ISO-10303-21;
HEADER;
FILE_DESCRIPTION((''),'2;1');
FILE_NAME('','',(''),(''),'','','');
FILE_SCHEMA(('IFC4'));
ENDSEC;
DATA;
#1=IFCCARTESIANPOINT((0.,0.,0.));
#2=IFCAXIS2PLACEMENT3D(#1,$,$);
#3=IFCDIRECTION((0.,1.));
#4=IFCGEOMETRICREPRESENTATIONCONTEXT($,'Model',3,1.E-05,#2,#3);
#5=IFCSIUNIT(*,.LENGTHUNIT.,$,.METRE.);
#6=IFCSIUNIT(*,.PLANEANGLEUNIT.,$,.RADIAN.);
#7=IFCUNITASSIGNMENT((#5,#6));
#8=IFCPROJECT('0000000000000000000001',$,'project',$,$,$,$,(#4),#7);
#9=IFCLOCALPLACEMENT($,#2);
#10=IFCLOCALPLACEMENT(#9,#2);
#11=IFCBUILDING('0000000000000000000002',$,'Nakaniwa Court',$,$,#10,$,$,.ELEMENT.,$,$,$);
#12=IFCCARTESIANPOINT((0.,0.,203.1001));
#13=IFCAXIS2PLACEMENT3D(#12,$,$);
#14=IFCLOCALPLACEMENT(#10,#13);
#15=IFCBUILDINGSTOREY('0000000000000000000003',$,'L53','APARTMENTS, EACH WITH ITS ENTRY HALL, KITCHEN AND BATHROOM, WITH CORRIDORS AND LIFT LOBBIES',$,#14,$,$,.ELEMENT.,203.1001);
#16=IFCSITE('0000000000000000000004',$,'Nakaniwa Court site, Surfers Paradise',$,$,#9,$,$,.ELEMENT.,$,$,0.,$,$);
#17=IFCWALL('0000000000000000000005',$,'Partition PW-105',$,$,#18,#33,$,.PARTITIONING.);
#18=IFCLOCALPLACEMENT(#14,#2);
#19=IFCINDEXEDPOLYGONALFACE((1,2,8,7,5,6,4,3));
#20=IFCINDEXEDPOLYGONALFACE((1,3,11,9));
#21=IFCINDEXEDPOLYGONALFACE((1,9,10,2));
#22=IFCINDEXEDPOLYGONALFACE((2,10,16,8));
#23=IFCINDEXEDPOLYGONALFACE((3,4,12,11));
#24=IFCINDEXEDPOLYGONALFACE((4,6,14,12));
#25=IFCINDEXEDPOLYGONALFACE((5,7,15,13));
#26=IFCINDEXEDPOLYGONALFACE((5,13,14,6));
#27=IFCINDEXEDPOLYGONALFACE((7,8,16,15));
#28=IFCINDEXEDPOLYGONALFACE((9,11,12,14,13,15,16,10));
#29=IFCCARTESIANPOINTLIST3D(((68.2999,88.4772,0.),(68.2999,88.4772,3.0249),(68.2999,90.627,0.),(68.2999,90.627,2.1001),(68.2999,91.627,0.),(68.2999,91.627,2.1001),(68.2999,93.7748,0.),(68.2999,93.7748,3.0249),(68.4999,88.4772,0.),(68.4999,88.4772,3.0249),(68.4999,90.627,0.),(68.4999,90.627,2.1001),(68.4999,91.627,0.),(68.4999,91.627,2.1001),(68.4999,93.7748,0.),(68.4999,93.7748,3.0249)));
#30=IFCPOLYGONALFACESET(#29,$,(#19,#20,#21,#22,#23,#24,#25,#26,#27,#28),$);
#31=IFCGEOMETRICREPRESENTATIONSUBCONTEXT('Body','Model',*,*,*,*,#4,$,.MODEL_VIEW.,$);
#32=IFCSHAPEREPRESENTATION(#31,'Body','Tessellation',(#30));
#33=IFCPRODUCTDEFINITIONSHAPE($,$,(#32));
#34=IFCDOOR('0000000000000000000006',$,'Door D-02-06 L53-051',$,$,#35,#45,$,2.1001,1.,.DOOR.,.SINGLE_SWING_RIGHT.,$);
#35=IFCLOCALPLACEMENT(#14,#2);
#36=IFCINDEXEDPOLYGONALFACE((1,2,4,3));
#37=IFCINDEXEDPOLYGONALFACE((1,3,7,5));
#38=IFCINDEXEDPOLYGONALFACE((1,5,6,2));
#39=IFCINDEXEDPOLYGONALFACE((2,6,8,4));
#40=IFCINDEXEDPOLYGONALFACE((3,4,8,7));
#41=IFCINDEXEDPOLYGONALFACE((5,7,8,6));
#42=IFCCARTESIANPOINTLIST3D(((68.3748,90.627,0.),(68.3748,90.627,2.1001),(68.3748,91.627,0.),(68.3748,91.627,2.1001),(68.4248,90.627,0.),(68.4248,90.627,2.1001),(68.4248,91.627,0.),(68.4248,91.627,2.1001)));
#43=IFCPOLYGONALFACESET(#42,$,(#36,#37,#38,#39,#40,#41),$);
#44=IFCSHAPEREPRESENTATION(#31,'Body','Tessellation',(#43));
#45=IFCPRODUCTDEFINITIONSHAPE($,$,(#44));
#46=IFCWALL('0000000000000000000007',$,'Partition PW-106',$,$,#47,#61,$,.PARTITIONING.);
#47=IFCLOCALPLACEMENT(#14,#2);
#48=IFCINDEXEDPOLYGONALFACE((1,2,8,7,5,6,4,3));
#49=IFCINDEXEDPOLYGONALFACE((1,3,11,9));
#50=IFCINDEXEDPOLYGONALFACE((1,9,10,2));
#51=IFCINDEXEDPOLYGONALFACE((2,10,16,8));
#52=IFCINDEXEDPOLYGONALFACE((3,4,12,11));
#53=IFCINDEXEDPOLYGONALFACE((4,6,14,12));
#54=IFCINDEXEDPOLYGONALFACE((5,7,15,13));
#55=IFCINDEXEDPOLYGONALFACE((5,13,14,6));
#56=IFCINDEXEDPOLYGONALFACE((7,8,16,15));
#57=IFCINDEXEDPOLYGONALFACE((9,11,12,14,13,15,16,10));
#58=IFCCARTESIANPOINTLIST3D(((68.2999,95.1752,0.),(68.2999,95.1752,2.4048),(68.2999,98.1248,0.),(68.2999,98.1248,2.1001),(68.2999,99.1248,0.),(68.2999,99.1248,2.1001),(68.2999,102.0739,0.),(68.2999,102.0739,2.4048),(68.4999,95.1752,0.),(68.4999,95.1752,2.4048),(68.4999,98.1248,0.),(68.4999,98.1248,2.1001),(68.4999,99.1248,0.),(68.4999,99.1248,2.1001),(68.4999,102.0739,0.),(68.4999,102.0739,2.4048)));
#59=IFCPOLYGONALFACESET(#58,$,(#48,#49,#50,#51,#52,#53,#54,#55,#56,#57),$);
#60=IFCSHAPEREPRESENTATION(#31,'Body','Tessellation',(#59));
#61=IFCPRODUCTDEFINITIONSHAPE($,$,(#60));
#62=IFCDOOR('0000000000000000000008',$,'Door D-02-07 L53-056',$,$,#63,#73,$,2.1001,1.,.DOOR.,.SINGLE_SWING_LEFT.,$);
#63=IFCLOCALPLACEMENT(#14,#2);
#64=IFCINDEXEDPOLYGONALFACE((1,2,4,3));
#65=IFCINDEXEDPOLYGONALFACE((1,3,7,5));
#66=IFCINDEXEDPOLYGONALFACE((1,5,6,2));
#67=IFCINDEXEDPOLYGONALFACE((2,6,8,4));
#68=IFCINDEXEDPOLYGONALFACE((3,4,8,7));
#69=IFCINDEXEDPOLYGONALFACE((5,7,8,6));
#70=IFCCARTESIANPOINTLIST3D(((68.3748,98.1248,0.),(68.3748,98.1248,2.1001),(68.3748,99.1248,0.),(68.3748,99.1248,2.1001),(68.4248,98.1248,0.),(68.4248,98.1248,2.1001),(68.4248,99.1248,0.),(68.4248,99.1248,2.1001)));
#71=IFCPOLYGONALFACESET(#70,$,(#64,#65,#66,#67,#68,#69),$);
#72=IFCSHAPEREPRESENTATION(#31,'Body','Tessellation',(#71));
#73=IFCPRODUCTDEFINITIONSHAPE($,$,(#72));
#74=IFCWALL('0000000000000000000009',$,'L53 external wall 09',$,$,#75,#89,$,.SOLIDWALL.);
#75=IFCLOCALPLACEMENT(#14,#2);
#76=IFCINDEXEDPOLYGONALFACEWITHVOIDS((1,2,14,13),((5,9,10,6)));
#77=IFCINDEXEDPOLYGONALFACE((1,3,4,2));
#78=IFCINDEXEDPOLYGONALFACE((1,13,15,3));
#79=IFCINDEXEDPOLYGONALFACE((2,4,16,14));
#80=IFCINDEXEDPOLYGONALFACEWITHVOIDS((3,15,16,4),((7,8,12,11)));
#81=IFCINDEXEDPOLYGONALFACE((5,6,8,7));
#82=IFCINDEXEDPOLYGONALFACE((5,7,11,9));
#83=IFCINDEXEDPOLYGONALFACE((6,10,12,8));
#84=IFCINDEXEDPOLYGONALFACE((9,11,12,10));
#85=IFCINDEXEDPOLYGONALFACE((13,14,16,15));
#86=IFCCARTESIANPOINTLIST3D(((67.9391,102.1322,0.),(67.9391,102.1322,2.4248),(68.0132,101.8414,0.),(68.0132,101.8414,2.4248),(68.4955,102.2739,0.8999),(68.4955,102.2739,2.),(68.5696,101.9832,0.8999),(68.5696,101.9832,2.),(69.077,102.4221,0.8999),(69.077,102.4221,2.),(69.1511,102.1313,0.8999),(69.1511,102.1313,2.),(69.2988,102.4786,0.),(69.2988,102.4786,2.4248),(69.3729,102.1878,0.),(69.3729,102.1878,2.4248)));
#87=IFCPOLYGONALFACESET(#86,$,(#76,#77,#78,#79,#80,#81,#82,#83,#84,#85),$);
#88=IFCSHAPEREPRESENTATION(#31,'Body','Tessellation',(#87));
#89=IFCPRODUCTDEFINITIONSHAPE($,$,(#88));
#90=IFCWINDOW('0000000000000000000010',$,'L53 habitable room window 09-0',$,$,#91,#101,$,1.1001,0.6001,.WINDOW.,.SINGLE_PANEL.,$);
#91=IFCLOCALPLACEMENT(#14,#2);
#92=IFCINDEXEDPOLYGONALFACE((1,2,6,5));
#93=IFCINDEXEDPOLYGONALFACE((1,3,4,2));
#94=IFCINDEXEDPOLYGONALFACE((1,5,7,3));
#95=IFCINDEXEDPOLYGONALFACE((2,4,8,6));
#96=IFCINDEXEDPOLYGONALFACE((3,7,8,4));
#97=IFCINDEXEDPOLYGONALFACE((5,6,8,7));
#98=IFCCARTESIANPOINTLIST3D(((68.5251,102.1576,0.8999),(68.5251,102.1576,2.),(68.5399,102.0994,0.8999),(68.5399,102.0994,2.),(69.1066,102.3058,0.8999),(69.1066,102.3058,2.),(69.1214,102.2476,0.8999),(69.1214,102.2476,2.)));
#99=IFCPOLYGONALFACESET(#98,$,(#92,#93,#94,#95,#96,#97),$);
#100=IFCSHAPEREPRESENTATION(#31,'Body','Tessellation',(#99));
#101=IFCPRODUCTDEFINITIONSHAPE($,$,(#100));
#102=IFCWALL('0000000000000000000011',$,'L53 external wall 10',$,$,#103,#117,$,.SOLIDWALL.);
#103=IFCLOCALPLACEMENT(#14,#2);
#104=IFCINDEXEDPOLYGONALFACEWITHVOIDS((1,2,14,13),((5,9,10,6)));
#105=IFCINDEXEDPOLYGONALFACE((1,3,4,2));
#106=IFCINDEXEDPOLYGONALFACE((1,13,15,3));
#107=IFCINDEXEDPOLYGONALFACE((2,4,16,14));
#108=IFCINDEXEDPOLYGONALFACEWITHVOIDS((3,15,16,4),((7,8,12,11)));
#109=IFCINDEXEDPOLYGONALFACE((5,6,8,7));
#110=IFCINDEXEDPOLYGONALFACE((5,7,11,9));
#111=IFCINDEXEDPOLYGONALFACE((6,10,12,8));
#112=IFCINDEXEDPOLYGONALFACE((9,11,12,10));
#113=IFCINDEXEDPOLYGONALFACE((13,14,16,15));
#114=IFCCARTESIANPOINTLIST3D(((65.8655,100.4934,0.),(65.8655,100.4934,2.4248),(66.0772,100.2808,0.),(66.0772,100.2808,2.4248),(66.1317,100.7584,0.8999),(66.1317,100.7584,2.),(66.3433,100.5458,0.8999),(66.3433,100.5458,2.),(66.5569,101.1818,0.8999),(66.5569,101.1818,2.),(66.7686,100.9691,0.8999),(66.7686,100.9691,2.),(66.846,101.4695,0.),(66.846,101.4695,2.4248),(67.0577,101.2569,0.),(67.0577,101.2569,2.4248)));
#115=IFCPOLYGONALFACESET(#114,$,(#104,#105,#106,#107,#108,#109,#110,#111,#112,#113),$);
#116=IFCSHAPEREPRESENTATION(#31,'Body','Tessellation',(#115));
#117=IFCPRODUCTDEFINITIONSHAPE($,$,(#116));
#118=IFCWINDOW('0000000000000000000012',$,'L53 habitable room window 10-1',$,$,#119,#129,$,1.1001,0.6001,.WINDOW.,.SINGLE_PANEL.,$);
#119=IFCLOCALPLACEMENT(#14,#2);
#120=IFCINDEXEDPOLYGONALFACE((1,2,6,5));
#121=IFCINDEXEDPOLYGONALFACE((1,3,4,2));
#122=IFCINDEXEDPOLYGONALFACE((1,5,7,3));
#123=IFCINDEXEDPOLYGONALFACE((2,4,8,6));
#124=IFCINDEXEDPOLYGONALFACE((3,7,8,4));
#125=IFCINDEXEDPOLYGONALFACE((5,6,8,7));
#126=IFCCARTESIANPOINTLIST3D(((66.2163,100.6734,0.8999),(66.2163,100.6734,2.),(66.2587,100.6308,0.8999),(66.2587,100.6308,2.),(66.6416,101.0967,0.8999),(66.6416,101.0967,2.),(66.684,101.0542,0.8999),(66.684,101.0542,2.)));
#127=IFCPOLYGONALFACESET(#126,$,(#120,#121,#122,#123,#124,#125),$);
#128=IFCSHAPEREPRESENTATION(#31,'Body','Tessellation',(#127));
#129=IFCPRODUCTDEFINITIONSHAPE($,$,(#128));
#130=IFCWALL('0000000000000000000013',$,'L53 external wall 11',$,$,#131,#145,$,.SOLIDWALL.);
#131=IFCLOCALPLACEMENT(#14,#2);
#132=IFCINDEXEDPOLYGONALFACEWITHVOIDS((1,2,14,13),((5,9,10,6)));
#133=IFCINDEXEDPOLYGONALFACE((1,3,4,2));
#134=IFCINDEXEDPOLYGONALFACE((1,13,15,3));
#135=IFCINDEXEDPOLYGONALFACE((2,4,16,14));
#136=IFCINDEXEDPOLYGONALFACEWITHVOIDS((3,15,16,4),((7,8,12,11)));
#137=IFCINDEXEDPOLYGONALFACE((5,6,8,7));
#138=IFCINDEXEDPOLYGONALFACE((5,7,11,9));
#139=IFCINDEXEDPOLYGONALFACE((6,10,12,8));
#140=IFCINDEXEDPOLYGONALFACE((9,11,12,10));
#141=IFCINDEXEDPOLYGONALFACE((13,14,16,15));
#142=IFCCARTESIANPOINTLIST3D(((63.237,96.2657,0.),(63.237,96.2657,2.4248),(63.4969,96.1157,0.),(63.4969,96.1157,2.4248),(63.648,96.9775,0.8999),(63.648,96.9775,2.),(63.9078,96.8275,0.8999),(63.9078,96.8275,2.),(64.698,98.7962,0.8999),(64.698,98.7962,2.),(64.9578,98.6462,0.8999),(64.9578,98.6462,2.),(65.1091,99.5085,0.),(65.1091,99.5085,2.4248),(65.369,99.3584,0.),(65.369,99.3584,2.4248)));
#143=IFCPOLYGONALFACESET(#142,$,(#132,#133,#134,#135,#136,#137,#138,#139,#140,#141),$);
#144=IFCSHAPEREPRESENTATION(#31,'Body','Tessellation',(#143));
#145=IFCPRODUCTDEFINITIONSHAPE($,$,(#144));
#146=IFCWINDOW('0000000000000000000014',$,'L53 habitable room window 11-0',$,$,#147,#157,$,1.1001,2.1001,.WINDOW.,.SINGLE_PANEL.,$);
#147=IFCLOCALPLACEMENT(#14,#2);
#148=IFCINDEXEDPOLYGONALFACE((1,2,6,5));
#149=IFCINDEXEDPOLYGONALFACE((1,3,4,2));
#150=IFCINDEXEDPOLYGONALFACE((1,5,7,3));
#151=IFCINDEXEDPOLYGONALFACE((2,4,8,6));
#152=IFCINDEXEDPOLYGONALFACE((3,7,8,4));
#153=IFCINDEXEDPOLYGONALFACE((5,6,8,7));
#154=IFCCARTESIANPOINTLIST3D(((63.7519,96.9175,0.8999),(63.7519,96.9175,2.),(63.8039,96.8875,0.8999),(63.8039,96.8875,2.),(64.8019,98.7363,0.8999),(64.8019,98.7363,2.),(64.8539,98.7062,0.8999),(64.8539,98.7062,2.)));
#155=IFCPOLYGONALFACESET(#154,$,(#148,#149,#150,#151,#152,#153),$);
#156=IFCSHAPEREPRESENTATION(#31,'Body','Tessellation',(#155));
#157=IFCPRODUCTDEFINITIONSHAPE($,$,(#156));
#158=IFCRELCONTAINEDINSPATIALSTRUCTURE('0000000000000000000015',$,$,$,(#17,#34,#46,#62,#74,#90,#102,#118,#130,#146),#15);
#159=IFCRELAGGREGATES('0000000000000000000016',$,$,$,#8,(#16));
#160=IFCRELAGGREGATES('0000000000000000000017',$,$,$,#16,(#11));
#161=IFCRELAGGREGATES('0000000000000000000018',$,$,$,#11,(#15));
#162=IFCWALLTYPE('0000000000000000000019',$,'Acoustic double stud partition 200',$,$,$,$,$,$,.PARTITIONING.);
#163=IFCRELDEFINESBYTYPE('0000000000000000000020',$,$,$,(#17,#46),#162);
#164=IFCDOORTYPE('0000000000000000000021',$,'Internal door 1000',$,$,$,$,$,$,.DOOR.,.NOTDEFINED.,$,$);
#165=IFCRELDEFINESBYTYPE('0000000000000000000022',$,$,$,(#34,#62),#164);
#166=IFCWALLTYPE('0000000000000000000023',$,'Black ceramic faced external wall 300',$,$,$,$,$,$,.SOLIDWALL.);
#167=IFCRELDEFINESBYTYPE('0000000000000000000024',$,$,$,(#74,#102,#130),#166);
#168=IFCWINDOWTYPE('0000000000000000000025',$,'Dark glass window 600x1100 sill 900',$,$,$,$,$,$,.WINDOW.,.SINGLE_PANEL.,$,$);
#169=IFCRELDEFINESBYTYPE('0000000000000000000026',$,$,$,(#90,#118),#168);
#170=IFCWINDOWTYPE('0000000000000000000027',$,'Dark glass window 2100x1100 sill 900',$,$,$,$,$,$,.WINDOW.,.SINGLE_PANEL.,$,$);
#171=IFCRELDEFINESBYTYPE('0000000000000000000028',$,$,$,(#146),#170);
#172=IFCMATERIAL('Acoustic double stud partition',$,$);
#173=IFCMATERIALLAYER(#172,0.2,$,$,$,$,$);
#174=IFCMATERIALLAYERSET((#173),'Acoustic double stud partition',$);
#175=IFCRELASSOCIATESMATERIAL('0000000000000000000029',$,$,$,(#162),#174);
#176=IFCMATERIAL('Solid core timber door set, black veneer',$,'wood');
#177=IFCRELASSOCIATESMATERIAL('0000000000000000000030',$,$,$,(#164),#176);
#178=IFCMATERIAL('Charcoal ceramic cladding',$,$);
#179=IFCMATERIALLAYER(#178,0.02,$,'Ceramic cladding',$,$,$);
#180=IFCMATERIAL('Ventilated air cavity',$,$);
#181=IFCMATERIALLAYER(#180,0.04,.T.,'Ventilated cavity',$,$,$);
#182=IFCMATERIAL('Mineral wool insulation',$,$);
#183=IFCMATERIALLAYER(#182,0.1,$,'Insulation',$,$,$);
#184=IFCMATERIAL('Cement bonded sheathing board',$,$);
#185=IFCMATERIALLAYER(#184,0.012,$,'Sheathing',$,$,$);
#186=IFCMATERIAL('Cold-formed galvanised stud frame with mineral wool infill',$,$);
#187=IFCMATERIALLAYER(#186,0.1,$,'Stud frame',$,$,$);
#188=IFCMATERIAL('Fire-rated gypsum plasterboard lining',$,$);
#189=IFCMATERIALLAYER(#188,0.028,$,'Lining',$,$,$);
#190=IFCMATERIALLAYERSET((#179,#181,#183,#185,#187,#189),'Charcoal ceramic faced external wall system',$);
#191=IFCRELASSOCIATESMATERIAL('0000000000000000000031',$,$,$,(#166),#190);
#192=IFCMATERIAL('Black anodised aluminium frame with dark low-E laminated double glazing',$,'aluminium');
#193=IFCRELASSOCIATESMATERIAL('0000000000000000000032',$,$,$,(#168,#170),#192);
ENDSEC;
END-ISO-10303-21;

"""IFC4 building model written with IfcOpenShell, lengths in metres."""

from ifc_helpers import new_model, si_unit, direction, frame, frame_2d, origin, place, context, subcontext, project, spatial, rectangle, extrude, material, layer, layer_set, type_object, element, fill, save


model = new_model("IFC4")

# Units and contexts
model_context = context("Model", 3, precision=1e-05, world=origin(), true_north=direction((0.0, 1.0)))
body_context = subcontext(model_context, "Body", "Model", "MODEL_VIEW")
ifc_project = project(units=[si_unit("LENGTHUNIT", "METRE"), si_unit("PLANEANGLEUNIT", "RADIAN")], contexts=[model_context])

# Site, building, storey
site_placement = place(None, origin())
site = spatial("IfcSite", under=ifc_project, at=site_placement, Name="Nakaniwa Court site, Surfers Paradise", CompositionType="ELEMENT", RefElevation=0.0)
building_placement = place(site_placement, origin())
building = spatial("IfcBuilding", under=site, at=building_placement, Name="Nakaniwa Court", CompositionType="ELEMENT")
storey_placement = place(building_placement, frame((0.0, 0.0, 203.1001)))
storey = spatial("IfcBuildingStorey", under=building, at=storey_placement, Name="L53", Description="APARTMENTS, EACH WITH ITS ENTRY HALL, KITCHEN AND BATHROOM, WITH CORRIDORS AND LIFT LOBBIES", CompositionType="ELEMENT", Elevation=203.1001)

# Shared definitions
ifc_material_1 = material(Name="Acoustic double stud partition")
ifc_layer_1 = layer(ifc_material_1, 0.2)
ifc_layer_set_1 = layer_set([ifc_layer_1], Name="Acoustic double stud partition")
wall_type_1 = type_object("IfcWallType", Name="Acoustic double stud partition 200", PredefinedType="PARTITIONING", material=ifc_layer_set_1)

# Walls, openings, doors
wall_1_placement = place(storey_placement, frame((68.3999, 93.7749, 0.0), z_axis=(0.0, 0.0, 1.0), x_axis=(0.0, -1.0, 0.0)))
wall_1 = element("IfcWall", 1, at=wall_1_placement, inside=storey, type_object=wall_type_1, Name="Partition PW-105", PredefinedType="PARTITIONING", context=body_context, shape_type="SweptSolid", body=[
    extrude(rectangle(XDim=5.2976, YDim=0.2, at=frame_2d((2.6489, 0.0))), origin(), (0.0, 0.0, 1.0), 3.0249),
])
opening_1_placement = place(wall_1_placement, frame((2.1479, 0.0, 0.0)))
opening_1 = element("IfcOpeningElement", 2, at=opening_1_placement, cuts=wall_1, PredefinedType="OPENING", context=body_context, shape_type="SweptSolid", body=[
    extrude(rectangle(XDim=1.0, YDim=2.1001, at=frame_2d((0.5, 1.05))), frame((0.0, 0.1099, 0.0), z_axis=(0.0, -1.0, 0.0), x_axis=(1.0, 0.0, 0.0)), (0.0, 0.0, 1.0), 0.22),
])
ifc_material_2 = material(Name="Solid core timber door set, black veneer", Category="wood")
door_type = type_object("IfcDoorType", Name="Internal door 1000", OperationType="NOTDEFINED", PredefinedType="DOOR", material=ifc_material_2)
door_1_placement = place(opening_1_placement, origin())
door_1 = element("IfcDoor", 3, at=door_1_placement, inside=storey, type_object=door_type, Name="Door D-02-06 L53-051", OperationType="SINGLE_SWING_RIGHT", OverallHeight=2.1001, OverallWidth=1.0, PredefinedType="DOOR", context=body_context, shape_type="SweptSolid", body=[
    extrude(rectangle(XDim=1.0, YDim=2.1001, at=frame_2d((0.5, 1.05))), frame((0.0, 0.0249, 0.0), z_axis=(0.0, -1.0, 0.0), x_axis=(1.0, 0.0, 0.0)), (0.0, 0.0, 1.0), 0.05),
])
fill(opening_1, door_1)
wall_2_placement = place(storey_placement, frame((68.3999, 102.0737, 0.0), z_axis=(0.0, 0.0, 1.0), x_axis=(0.0, -1.0, 0.0)))
wall_2 = element("IfcWall", 4, at=wall_2_placement, inside=storey, type_object=wall_type_1, Name="Partition PW-106", PredefinedType="PARTITIONING", context=body_context, shape_type="SweptSolid", body=[
    extrude(rectangle(XDim=6.8987, YDim=0.2, at=frame_2d((3.4492, 0.0))), origin(), (0.0, 0.0, 1.0), 2.4048),
])
opening_2_placement = place(wall_2_placement, frame((2.949, 0.0, 0.0)))
opening_2 = element("IfcOpeningElement", 5, at=opening_2_placement, cuts=wall_2, PredefinedType="OPENING", context=body_context, shape_type="SweptSolid", body=[
    extrude(rectangle(XDim=1.0, YDim=2.1001, at=frame_2d((0.5, 1.05))), frame((0.0, 0.1099, 0.0), z_axis=(0.0, -1.0, 0.0), x_axis=(1.0, 0.0, 0.0)), (0.0, 0.0, 1.0), 0.22),
])
door_2_placement = place(opening_2_placement, origin())
door_2 = element("IfcDoor", 6, at=door_2_placement, inside=storey, type_object=door_type, Name="Door D-02-07 L53-056", OperationType="SINGLE_SWING_LEFT", OverallHeight=2.1001, OverallWidth=1.0, PredefinedType="DOOR", context=body_context, shape_type="SweptSolid", body=[
    extrude(rectangle(XDim=1.0, YDim=2.1001, at=frame_2d((0.5, 1.05))), frame((0.0, 0.0249, 0.0), z_axis=(0.0, -1.0, 0.0), x_axis=(1.0, 0.0, 0.0)), (0.0, 0.0, 1.0), 0.05),
])
fill(opening_2, door_2)

# Walls, openings, windows
ifc_material_3 = material(Name="Charcoal ceramic cladding")
ifc_layer_2 = layer(ifc_material_3, 0.02, Name="Ceramic cladding")
ifc_material_4 = material(Name="Ventilated air cavity")
ifc_layer_3 = layer(ifc_material_4, 0.04, ventilated=True, Name="Ventilated cavity")
ifc_material_5 = material(Name="Mineral wool insulation")
ifc_layer_4 = layer(ifc_material_5, 0.1, Name="Insulation")
ifc_material_6 = material(Name="Cement bonded sheathing board")
ifc_layer_5 = layer(ifc_material_6, 0.012, Name="Sheathing")
ifc_material_7 = material(Name="Cold-formed galvanised stud frame with mineral wool infill")
ifc_layer_6 = layer(ifc_material_7, 0.1, Name="Stud frame")
ifc_material_8 = material(Name="Fire-rated gypsum plasterboard lining")
ifc_layer_7 = layer(ifc_material_8, 0.028, Name="Lining")
ifc_layer_set_2 = layer_set([ifc_layer_2, ifc_layer_3, ifc_layer_4, ifc_layer_5, ifc_layer_6, ifc_layer_7], Name="Charcoal ceramic faced external wall system")
wall_type_2 = type_object("IfcWallType", Name="Black ceramic faced external wall 300", PredefinedType="SOLIDWALL", material=ifc_layer_set_2)
wall_3_placement = place(storey_placement, frame((69.3359, 102.3333, 0.0), z_axis=(0.0, 0.0, 1.0), x_axis=(-0.969037, -0.246914, 0.0)))
wall_3 = element("IfcWall", 7, at=wall_3_placement, inside=storey, type_object=wall_type_2, Name="L53 external wall 09", PredefinedType="SOLIDWALL", context=body_context, shape_type="SweptSolid", body=[
    extrude(rectangle(XDim=1.4031, YDim=0.3, at=frame_2d((0.7017, 0.0))), origin(), (0.0, 0.0, 1.0), 2.4248),
])
opening_3_placement = place(wall_3_placement, frame((0.229, 0.0, 0.8999)))
opening_3 = element("IfcOpeningElement", 8, at=opening_3_placement, cuts=wall_3, PredefinedType="OPENING", context=body_context, shape_type="SweptSolid", body=[
    extrude(rectangle(XDim=0.6001, YDim=1.1001, at=frame_2d((0.3, 0.55))), frame((0.0, 0.1599, 0.0), z_axis=(0.0, -1.0, 0.0), x_axis=(1.0, 0.0, 0.0)), (0.0, 0.0, 1.0), 0.3201),
])
ifc_material_9 = material(Name="Black anodised aluminium frame with dark low-E laminated double glazing", Category="aluminium")
window_type_1 = type_object("IfcWindowType", Name="Dark glass window 600x1100 sill 900", PartitioningType="SINGLE_PANEL", PredefinedType="WINDOW", material=ifc_material_9)
window_1_placement = place(opening_3_placement, origin())
window_1 = element("IfcWindow", 9, at=window_1_placement, inside=storey, type_object=window_type_1, Name="L53 habitable room window 09-0", OverallHeight=1.1001, OverallWidth=0.6001, PartitioningType="SINGLE_PANEL", PredefinedType="WINDOW", context=body_context, shape_type="SweptSolid", body=[
    extrude(rectangle(XDim=0.6001, YDim=1.1001, at=frame_2d((0.3, 0.55))), frame((0.0, 0.03, 0.0), z_axis=(0.0, -1.0, 0.0), x_axis=(1.0, 0.0, 0.0)), (0.0, 0.0, 1.0), 0.0601),
])
fill(opening_3, window_1)
wall_4_placement = place(storey_placement, frame((66.9519, 101.3633, 0.0), z_axis=(0.0, 0.0, 1.0), x_axis=(-0.708693, -0.705517, 0.0)))
wall_4 = element("IfcWall", 10, at=wall_4_placement, inside=storey, type_object=wall_type_2, Name="L53 external wall 10", PredefinedType="SOLIDWALL", context=body_context, shape_type="SweptSolid", body=[
    extrude(rectangle(XDim=1.3835, YDim=0.3, at=frame_2d((0.6919, 0.0))), origin(), (0.0, 0.0, 1.0), 2.4248),
])
opening_4_placement = place(wall_4_placement, frame((0.408, 0.0, 0.8999)))
opening_4 = element("IfcOpeningElement", 11, at=opening_4_placement, cuts=wall_4, PredefinedType="OPENING", context=body_context, shape_type="SweptSolid", body=[
    extrude(rectangle(XDim=0.6001, YDim=1.1001, at=frame_2d((0.3, 0.55))), frame((0.0, 0.1599, 0.0), z_axis=(0.0, -1.0, 0.0), x_axis=(1.0, 0.0, 0.0)), (0.0, 0.0, 1.0), 0.3201),
])
window_2_placement = place(opening_4_placement, origin())
window_2 = element("IfcWindow", 12, at=window_2_placement, inside=storey, type_object=window_type_1, Name="L53 habitable room window 10-1", OverallHeight=1.1001, OverallWidth=0.6001, PartitioningType="SINGLE_PANEL", PredefinedType="WINDOW", context=body_context, shape_type="SweptSolid", body=[
    extrude(rectangle(XDim=0.6001, YDim=1.1001, at=frame_2d((0.3, 0.55))), frame((0.0, 0.03, 0.0), z_axis=(0.0, -1.0, 0.0), x_axis=(1.0, 0.0, 0.0)), (0.0, 0.0, 1.0), 0.0601),
])
fill(opening_4, window_2)
wall_5_placement = place(storey_placement, frame((65.239, 99.4333, 0.0), z_axis=(0.0, 0.0, 1.0), x_axis=(-0.499982, -0.866036, 0.0)))
wall_5 = element("IfcWall", 13, at=wall_5_placement, inside=storey, type_object=wall_type_2, Name="L53 external wall 11", PredefinedType="SOLIDWALL", context=body_context, shape_type="SweptSolid", body=[
    extrude(rectangle(XDim=3.7444, YDim=0.3, at=frame_2d((1.8721, 0.0))), origin(), (0.0, 0.0, 1.0), 2.4248),
])
opening_5_placement = place(wall_5_placement, frame((0.8223, 0.0, 0.8999)))
opening_5 = element("IfcOpeningElement", 14, at=opening_5_placement, cuts=wall_5, PredefinedType="OPENING", context=body_context, shape_type="SweptSolid", body=[
    extrude(rectangle(XDim=2.1001, YDim=1.1001, at=frame_2d((1.05, 0.55))), frame((0.0, 0.1599, 0.0), z_axis=(0.0, -1.0, 0.0), x_axis=(1.0, 0.0, 0.0)), (0.0, 0.0, 1.0), 0.3201),
])
window_type_2 = type_object("IfcWindowType", Name="Dark glass window 2100x1100 sill 900", PartitioningType="SINGLE_PANEL", PredefinedType="WINDOW", material=ifc_material_9)
window_3_placement = place(opening_5_placement, origin())
window_3 = element("IfcWindow", 15, at=window_3_placement, inside=storey, type_object=window_type_2, Name="L53 habitable room window 11-0", OverallHeight=1.1001, OverallWidth=2.1001, PartitioningType="SINGLE_PANEL", PredefinedType="WINDOW", context=body_context, shape_type="SweptSolid", body=[
    extrude(rectangle(XDim=2.1001, YDim=1.1001, at=frame_2d((1.05, 0.55))), frame((0.0, 0.03, 0.0), z_axis=(0.0, -1.0, 0.0), x_axis=(1.0, 0.0, 0.0)), (0.0, 0.0, 1.0), 0.0601),
])
fill(opening_5, window_3)

save(model, "model.ifc")
